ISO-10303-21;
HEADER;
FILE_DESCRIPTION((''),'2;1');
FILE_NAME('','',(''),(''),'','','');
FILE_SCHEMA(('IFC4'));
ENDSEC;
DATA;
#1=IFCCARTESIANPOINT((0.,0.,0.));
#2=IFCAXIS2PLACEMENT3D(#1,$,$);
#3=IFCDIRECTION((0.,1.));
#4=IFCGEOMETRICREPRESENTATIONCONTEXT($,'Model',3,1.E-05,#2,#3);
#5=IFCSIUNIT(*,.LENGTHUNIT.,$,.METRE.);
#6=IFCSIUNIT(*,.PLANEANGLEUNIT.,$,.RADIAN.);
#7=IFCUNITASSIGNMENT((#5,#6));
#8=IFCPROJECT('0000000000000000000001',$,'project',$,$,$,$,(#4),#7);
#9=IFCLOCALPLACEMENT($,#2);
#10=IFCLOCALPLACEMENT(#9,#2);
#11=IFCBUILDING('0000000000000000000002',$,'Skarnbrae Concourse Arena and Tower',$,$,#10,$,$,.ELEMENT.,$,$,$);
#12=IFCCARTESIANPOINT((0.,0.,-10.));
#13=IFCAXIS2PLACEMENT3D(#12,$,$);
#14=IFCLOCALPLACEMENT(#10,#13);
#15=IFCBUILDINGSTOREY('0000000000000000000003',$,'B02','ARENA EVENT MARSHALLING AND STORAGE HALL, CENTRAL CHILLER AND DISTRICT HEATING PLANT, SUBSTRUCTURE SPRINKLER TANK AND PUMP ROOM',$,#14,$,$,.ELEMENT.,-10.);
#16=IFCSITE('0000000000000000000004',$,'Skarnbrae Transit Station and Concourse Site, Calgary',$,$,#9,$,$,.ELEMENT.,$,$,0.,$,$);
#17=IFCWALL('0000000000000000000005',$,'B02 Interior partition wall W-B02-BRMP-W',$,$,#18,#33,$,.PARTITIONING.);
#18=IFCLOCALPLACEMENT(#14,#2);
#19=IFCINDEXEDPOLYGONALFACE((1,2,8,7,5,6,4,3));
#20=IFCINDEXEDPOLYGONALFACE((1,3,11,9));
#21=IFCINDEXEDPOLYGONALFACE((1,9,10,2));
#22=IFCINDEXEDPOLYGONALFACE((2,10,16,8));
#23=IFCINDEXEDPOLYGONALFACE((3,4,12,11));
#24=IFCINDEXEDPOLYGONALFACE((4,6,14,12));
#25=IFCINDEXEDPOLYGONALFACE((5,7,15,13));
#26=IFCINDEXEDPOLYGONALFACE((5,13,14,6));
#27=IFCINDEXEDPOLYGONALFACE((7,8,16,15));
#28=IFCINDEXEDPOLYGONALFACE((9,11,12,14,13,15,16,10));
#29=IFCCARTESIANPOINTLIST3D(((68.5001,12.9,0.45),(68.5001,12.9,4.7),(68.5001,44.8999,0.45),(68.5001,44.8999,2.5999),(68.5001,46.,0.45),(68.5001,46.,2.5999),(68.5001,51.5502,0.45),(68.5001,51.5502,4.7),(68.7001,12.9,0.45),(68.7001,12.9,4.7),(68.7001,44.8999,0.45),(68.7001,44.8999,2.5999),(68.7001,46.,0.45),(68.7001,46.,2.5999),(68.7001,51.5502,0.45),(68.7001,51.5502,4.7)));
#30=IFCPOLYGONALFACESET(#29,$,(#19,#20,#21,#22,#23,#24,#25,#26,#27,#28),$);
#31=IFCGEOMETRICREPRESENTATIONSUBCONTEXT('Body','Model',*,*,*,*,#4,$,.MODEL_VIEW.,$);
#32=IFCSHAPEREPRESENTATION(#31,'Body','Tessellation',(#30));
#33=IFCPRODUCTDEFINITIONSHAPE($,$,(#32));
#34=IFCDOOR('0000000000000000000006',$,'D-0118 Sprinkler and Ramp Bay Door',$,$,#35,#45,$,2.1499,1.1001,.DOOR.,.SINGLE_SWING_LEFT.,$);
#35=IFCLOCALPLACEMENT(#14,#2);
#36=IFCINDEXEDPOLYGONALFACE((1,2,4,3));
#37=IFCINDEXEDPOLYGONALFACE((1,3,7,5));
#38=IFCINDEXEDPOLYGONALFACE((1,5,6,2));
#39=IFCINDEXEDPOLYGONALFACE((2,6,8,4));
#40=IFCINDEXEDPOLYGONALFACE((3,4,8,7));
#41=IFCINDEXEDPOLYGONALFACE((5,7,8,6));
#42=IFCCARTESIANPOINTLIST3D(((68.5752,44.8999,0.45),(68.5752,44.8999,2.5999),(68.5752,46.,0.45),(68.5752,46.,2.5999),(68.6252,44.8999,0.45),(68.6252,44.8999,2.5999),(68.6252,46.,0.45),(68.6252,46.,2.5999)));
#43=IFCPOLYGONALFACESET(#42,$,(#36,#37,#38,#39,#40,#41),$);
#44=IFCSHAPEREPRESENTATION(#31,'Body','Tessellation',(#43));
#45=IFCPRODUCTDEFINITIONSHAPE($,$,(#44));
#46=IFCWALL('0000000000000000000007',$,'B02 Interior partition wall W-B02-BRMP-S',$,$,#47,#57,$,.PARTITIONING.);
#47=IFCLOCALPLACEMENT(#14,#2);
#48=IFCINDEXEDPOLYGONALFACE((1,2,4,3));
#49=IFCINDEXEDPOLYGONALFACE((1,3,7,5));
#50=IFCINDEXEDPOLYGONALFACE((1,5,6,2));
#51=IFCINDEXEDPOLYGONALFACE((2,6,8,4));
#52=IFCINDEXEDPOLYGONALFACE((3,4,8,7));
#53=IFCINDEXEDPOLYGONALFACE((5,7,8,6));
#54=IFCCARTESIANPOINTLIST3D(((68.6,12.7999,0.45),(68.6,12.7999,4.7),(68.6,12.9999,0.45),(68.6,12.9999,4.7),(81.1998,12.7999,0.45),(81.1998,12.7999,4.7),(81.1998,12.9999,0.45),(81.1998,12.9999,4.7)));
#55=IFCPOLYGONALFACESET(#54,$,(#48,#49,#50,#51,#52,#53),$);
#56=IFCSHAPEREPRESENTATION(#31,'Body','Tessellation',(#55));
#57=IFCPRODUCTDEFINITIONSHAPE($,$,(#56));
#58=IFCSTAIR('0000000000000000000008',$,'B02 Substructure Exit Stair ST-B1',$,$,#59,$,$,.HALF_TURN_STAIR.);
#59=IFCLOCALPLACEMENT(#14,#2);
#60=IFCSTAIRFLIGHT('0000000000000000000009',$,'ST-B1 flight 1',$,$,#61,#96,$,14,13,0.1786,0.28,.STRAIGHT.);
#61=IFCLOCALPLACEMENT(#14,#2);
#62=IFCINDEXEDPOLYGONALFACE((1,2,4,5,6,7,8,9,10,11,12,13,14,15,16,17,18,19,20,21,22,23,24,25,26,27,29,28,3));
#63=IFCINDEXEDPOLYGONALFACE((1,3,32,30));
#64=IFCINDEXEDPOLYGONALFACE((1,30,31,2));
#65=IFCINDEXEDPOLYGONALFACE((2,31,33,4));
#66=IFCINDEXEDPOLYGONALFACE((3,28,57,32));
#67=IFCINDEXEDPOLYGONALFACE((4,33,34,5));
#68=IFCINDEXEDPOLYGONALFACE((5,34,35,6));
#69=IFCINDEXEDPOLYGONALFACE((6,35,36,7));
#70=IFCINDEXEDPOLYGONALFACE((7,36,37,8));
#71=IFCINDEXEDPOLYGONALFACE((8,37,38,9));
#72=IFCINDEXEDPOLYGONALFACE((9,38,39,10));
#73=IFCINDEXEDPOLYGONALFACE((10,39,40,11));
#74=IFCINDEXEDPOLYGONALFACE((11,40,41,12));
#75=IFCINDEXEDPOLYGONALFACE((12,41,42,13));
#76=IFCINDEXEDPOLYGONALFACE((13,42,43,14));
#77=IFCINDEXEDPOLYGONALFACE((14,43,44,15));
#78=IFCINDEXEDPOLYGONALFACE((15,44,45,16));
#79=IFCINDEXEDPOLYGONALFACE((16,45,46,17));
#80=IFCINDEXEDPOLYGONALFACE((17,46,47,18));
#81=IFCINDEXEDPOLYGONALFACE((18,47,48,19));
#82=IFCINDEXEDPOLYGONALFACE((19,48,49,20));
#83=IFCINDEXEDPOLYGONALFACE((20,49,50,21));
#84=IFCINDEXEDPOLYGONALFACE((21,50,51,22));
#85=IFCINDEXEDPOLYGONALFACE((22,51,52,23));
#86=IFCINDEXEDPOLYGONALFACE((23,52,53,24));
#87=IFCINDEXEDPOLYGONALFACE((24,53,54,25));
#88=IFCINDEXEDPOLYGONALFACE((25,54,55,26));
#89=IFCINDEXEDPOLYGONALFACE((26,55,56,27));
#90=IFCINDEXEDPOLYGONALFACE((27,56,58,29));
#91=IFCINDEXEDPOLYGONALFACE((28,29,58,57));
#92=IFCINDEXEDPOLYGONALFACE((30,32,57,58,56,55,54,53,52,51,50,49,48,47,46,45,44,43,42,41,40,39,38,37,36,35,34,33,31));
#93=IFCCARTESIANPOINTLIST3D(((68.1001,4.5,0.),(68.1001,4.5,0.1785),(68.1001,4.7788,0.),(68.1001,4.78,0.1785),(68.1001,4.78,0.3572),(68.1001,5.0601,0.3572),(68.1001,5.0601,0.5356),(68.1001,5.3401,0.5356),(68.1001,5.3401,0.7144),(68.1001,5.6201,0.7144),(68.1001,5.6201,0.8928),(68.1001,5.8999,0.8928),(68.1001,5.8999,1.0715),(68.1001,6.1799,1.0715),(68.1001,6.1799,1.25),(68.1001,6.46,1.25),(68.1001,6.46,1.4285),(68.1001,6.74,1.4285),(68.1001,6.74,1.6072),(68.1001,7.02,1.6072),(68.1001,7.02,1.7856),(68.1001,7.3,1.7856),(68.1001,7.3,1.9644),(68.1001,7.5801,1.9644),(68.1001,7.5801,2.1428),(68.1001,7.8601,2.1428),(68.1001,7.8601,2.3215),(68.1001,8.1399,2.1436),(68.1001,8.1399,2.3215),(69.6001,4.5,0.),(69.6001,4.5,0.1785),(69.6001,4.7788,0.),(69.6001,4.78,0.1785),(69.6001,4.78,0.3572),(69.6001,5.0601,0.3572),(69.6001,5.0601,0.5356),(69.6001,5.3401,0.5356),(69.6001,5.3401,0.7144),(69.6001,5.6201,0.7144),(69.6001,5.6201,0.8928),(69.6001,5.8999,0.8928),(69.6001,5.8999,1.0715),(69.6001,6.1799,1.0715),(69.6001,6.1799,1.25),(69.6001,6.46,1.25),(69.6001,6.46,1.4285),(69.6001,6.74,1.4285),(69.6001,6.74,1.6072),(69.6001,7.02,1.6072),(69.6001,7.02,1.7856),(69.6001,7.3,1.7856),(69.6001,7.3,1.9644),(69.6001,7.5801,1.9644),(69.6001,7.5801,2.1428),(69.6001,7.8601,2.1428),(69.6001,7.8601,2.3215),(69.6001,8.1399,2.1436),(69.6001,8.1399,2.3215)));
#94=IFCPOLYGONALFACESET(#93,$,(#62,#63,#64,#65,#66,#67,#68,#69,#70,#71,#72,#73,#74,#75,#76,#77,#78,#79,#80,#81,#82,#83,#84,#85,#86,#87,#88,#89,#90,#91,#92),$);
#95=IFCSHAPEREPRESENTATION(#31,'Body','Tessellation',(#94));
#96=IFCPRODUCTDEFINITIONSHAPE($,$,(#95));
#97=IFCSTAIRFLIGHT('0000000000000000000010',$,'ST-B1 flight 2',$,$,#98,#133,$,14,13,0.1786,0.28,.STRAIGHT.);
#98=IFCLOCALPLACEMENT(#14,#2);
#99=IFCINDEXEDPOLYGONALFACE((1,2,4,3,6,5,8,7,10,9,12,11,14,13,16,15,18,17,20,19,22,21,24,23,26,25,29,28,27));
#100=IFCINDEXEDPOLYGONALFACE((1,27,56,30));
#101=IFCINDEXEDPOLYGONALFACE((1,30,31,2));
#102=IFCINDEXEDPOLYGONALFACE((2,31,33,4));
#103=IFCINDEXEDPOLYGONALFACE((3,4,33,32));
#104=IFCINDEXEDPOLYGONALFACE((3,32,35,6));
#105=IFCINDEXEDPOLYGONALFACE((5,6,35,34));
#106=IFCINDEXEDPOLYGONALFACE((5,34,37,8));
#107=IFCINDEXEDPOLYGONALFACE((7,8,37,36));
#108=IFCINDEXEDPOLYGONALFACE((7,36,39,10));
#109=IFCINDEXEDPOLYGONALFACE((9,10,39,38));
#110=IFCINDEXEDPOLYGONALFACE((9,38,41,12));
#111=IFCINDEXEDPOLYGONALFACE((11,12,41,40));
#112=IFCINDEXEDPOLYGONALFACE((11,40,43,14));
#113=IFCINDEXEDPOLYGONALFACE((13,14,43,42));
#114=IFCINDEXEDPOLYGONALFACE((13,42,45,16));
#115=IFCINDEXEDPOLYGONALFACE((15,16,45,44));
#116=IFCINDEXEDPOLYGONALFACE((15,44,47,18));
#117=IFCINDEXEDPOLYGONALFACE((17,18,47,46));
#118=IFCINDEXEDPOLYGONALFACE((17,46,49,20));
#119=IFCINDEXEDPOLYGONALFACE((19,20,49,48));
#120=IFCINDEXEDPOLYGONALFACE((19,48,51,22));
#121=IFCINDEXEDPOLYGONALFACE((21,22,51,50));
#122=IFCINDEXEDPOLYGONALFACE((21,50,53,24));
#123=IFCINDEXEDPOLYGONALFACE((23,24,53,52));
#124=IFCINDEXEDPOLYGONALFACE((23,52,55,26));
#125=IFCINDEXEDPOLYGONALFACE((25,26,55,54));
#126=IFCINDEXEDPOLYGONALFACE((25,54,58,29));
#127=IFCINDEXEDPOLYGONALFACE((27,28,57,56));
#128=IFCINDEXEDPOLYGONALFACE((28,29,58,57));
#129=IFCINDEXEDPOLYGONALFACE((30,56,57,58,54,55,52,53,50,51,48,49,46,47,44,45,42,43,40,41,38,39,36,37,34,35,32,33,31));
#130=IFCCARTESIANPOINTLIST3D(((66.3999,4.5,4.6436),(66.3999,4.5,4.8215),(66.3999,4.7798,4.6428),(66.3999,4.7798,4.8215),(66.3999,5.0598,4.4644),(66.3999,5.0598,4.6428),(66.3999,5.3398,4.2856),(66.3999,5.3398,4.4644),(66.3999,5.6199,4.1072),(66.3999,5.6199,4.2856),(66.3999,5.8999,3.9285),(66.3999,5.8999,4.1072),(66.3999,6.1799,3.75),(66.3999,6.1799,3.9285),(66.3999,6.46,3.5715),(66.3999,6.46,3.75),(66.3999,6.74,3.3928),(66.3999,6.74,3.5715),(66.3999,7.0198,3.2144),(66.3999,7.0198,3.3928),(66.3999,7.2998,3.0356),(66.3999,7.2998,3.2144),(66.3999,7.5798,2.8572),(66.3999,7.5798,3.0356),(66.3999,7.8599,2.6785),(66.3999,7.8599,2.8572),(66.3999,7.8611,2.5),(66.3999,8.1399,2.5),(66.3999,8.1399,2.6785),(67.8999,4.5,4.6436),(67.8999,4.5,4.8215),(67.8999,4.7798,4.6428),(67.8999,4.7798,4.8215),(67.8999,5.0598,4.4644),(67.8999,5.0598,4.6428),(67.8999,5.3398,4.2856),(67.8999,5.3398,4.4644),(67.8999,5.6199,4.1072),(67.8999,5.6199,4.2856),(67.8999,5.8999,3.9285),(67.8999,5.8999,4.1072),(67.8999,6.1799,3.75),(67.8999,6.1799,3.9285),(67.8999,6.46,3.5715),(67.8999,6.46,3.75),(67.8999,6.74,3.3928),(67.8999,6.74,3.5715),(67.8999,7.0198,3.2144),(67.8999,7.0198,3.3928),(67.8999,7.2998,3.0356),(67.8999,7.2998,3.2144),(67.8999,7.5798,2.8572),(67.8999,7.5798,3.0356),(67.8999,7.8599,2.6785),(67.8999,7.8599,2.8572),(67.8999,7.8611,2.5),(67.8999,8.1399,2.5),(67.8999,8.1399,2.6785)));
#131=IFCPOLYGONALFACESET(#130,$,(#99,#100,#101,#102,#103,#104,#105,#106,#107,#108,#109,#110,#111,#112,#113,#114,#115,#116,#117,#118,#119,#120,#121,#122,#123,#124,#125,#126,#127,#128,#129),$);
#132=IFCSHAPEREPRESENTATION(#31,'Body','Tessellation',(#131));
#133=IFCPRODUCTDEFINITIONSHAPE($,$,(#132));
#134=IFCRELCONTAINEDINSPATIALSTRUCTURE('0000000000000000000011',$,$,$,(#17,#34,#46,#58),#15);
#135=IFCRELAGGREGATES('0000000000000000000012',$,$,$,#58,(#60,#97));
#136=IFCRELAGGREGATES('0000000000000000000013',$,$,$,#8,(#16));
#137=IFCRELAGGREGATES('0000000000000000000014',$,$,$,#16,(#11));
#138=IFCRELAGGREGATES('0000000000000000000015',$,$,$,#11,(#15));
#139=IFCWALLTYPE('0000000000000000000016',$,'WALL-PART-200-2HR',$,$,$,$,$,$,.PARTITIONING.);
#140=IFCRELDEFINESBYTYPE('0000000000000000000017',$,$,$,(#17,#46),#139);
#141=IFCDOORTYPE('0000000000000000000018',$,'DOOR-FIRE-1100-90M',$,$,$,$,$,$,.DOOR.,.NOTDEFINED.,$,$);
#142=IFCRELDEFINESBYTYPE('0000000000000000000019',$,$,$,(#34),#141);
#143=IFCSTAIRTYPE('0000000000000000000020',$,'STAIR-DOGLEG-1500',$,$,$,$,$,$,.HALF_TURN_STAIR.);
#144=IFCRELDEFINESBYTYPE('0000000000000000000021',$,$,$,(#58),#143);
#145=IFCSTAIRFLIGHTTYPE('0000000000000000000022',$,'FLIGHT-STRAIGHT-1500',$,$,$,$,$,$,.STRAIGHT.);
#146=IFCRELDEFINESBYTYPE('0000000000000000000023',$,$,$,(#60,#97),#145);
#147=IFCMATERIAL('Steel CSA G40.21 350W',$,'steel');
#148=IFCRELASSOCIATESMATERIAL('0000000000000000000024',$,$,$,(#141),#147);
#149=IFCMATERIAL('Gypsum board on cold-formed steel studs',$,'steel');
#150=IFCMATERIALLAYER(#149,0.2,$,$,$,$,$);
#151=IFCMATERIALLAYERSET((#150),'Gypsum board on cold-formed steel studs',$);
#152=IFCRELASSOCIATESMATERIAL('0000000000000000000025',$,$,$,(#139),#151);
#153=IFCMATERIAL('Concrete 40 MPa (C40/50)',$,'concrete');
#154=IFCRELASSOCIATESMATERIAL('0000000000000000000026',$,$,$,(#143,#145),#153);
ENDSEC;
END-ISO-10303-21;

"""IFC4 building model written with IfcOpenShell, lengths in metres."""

from ifc_helpers import new_model, si_unit, direction, frame, frame_2d, origin, place, context, subcontext, project, spatial, polyline, rectangle, outline, extrude, source, transform, mapped, material, layer, layer_set, type_object, element, fill, aggregate, save


model = new_model("IFC4")

# Units and contexts
model_context = context("Model", 3, precision=1e-05, world=origin(), true_north=direction((0.0, 1.0)))
body_context = subcontext(model_context, "Body", "Model", "MODEL_VIEW")
ifc_project = project(units=[si_unit("LENGTHUNIT", "METRE"), si_unit("PLANEANGLEUNIT", "RADIAN")], contexts=[model_context])

# Site, building, storey
site_placement = place(None, origin())
site = spatial("IfcSite", under=ifc_project, at=site_placement, Name="Skarnbrae Transit Station and Concourse Site, Calgary", CompositionType="ELEMENT", RefElevation=0.0)
building_placement = place(site_placement, origin())
building = spatial("IfcBuilding", under=site, at=building_placement, Name="Skarnbrae Concourse Arena and Tower", CompositionType="ELEMENT")
storey_placement = place(building_placement, frame((0.0, 0.0, -10.0)))
storey = spatial("IfcBuildingStorey", under=building, at=storey_placement, Name="B02", Description="ARENA EVENT MARSHALLING AND STORAGE HALL, CENTRAL CHILLER AND DISTRICT HEATING PLANT, SUBSTRUCTURE SPRINKLER TANK AND PUMP ROOM", CompositionType="ELEMENT", Elevation=-10.0)

# Shared definitions
ifc_material_1 = material(Name="Steel CSA G40.21 350W", Category="steel")

# Shared definitions
door_type = type_object("IfcDoorType", Name="DOOR-FIRE-1100-90M", OperationType="NOTDEFINED", PredefinedType="DOOR", material=ifc_material_1)
shared_shape_1 = source(origin(), body_context, "Body", "SweptSolid", [
    extrude(rectangle(XDim=1.1001, YDim=2.1499, at=frame_2d((0.55, 1.075))), frame((0.0, 0.0249, 0.0), z_axis=(0.0, -1.0, 0.0), x_axis=(1.0, 0.0, 0.0)), (0.0, 0.0, 1.0), 0.05),
])

# Wall, opening, door
ifc_material_2 = material(Name="Gypsum board on cold-formed steel studs", Category="steel")
ifc_layer_1 = layer(ifc_material_2, 0.2)
ifc_layer_set_1 = layer_set([ifc_layer_1], Name="Gypsum board on cold-formed steel studs")
wall_type_1 = type_object("IfcWallType", Name="WALL-PART-200-2HR", PredefinedType="PARTITIONING", material=ifc_layer_set_1)
shared_shape_2 = source(origin(), body_context, "Body", "SweptSolid", [
    extrude(rectangle(XDim=38.6501, YDim=0.2, at=frame_2d((19.3252, 0.0))), origin(), (0.0, 0.0, 1.0), 4.25),
])
wall_1_placement = place(storey_placement, frame((68.6001, 12.8999, 0.45), z_axis=(0.0, 0.0, 1.0), x_axis=(0.0, 1.0, 0.0)))
wall_1 = element("IfcWall", 1, at=wall_1_placement, inside=storey, type_object=wall_type_1, Name="B02 Interior partition wall W-B02-BRMP-W", PredefinedType="PARTITIONING", context=body_context, shape_type="MappedRepresentation", body=[
    mapped(shared_shape_2, transform((0.0, 0.0, 0.0))),
])
opening_1_placement = place(wall_1_placement, frame((32.0, 0.0, 0.0)))
opening_1 = element("IfcOpeningElement", 2, at=opening_1_placement, cuts=wall_1, PredefinedType="OPENING", context=body_context, shape_type="SweptSolid", body=[
    extrude(rectangle(XDim=1.1001, YDim=2.1499, at=frame_2d((0.55, 1.075))), frame((0.0, 0.1099, 0.0), z_axis=(0.0, -1.0, 0.0), x_axis=(1.0, 0.0, 0.0)), (0.0, 0.0, 1.0), 0.22),
])
door_1_placement = place(opening_1_placement, origin())
door_1 = element("IfcDoor", 3, at=door_1_placement, inside=storey, type_object=door_type, Name="D-0118 Sprinkler and Ramp Bay Door", OperationType="SINGLE_SWING_LEFT", OverallHeight=2.1499, OverallWidth=1.1001, PredefinedType="DOOR", context=body_context, shape_type="MappedRepresentation", body=[
    mapped(shared_shape_1, transform((0.0, 0.0, 0.0))),
])
fill(opening_1, door_1)

# Wall
shared_shape_3 = source(origin(), body_context, "Body", "SweptSolid", [
    extrude(rectangle(XDim=12.5999, YDim=0.2, at=frame_2d((6.2998, 0.0))), origin(), (0.0, 0.0, 1.0), 4.25),
])
wall_2_placement = place(storey_placement, frame((68.6001, 12.8999, 0.45), z_axis=(0.0, 0.0, 1.0), x_axis=(1.0, 0.0, 0.0)))
element("IfcWall", 4, at=wall_2_placement, inside=storey, type_object=wall_type_1, Name="B02 Interior partition wall W-B02-BRMP-S", PredefinedType="PARTITIONING", context=body_context, shape_type="MappedRepresentation", body=[
    mapped(shared_shape_3, transform((0.0, 0.0, 0.0))),
])

# Stair, stair flights
ifc_material_3 = material(Name="Concrete 40 MPa (C40/50)", Category="concrete")
stair_type = type_object("IfcStairType", Name="STAIR-DOGLEG-1500", PredefinedType="HALF_TURN_STAIR", material=ifc_material_3)
stair_placement = place(storey_placement, origin())
stair = element("IfcStair", 5, at=stair_placement, inside=storey, type_object=stair_type, Name="B02 Substructure Exit Stair ST-B1", PredefinedType="HALF_TURN_STAIR")
stair_flight_type = type_object("IfcStairFlightType", Name="FLIGHT-STRAIGHT-1500", PredefinedType="STRAIGHT", material=ifc_material_3)
shared_shape_4 = source(origin(), body_context, "Body", "SweptSolid", [
    extrude(outline(polyline([(0.0, 0.0), (0.0, 0.1785), (0.28, 0.1785), (0.28, 0.3572), (0.5601, 0.3572), (0.5601, 0.5356), (0.8401, 0.5356), (0.8401, 0.7144), (1.1201, 0.7144), (1.1201, 0.8928), (1.3999, 0.8928), (1.3999, 1.0715), (1.6799, 1.0715), (1.6799, 1.25), (1.96, 1.25), (1.96, 1.4285), (2.24, 1.4285), (2.24, 1.6072), (2.52, 1.6072), (2.52, 1.7856), (2.8, 1.7856), (2.8, 1.9644), (3.0801, 1.9644), (3.0801, 2.1428), (3.3601, 2.1428), (3.3601, 2.3215), (3.6399, 2.3215), (3.6399, 2.5), (3.6399, 2.1436), (0.2788, 0.0), (0.0, 0.0)])), frame((0.0, 0.75, 0.0), z_axis=(0.0, -1.0, 0.0), x_axis=(1.0, 0.0, 0.0)), (0.0, 0.0, 1.0), 1.5),
])
stair_flight_1_placement = place(storey_placement, frame((68.8501, 4.5, 0.0), z_axis=(0.0, 0.0, 1.0), x_axis=(0.0, 1.0, 0.0)))
stair_flight_1 = element("IfcStairFlight", 6, at=stair_flight_1_placement, type_object=stair_flight_type, Name="ST-B1 flight 1", NumberOfRisers=14, NumberOfTreads=13, PredefinedType="STRAIGHT", RiserHeight=0.1786, TreadLength=0.28, context=body_context, shape_type="MappedRepresentation", body=[
    mapped(shared_shape_4, transform((0.0, 0.0, 0.0))),
])
stair_flight_2_placement = place(storey_placement, frame((67.1499, 8.1399, 2.5), z_axis=(0.0, 0.0, 1.0), x_axis=(0.0, -1.0, 0.0)))
stair_flight_2 = element("IfcStairFlight", 7, at=stair_flight_2_placement, type_object=stair_flight_type, Name="ST-B1 flight 2", NumberOfRisers=14, NumberOfTreads=13, PredefinedType="STRAIGHT", RiserHeight=0.1786, TreadLength=0.28, context=body_context, shape_type="MappedRepresentation", body=[
    mapped(shared_shape_4, transform((0.0, 0.0, 0.0))),
])
aggregate(stair, [stair_flight_1, stair_flight_2])

save(model, "model.ifc")
